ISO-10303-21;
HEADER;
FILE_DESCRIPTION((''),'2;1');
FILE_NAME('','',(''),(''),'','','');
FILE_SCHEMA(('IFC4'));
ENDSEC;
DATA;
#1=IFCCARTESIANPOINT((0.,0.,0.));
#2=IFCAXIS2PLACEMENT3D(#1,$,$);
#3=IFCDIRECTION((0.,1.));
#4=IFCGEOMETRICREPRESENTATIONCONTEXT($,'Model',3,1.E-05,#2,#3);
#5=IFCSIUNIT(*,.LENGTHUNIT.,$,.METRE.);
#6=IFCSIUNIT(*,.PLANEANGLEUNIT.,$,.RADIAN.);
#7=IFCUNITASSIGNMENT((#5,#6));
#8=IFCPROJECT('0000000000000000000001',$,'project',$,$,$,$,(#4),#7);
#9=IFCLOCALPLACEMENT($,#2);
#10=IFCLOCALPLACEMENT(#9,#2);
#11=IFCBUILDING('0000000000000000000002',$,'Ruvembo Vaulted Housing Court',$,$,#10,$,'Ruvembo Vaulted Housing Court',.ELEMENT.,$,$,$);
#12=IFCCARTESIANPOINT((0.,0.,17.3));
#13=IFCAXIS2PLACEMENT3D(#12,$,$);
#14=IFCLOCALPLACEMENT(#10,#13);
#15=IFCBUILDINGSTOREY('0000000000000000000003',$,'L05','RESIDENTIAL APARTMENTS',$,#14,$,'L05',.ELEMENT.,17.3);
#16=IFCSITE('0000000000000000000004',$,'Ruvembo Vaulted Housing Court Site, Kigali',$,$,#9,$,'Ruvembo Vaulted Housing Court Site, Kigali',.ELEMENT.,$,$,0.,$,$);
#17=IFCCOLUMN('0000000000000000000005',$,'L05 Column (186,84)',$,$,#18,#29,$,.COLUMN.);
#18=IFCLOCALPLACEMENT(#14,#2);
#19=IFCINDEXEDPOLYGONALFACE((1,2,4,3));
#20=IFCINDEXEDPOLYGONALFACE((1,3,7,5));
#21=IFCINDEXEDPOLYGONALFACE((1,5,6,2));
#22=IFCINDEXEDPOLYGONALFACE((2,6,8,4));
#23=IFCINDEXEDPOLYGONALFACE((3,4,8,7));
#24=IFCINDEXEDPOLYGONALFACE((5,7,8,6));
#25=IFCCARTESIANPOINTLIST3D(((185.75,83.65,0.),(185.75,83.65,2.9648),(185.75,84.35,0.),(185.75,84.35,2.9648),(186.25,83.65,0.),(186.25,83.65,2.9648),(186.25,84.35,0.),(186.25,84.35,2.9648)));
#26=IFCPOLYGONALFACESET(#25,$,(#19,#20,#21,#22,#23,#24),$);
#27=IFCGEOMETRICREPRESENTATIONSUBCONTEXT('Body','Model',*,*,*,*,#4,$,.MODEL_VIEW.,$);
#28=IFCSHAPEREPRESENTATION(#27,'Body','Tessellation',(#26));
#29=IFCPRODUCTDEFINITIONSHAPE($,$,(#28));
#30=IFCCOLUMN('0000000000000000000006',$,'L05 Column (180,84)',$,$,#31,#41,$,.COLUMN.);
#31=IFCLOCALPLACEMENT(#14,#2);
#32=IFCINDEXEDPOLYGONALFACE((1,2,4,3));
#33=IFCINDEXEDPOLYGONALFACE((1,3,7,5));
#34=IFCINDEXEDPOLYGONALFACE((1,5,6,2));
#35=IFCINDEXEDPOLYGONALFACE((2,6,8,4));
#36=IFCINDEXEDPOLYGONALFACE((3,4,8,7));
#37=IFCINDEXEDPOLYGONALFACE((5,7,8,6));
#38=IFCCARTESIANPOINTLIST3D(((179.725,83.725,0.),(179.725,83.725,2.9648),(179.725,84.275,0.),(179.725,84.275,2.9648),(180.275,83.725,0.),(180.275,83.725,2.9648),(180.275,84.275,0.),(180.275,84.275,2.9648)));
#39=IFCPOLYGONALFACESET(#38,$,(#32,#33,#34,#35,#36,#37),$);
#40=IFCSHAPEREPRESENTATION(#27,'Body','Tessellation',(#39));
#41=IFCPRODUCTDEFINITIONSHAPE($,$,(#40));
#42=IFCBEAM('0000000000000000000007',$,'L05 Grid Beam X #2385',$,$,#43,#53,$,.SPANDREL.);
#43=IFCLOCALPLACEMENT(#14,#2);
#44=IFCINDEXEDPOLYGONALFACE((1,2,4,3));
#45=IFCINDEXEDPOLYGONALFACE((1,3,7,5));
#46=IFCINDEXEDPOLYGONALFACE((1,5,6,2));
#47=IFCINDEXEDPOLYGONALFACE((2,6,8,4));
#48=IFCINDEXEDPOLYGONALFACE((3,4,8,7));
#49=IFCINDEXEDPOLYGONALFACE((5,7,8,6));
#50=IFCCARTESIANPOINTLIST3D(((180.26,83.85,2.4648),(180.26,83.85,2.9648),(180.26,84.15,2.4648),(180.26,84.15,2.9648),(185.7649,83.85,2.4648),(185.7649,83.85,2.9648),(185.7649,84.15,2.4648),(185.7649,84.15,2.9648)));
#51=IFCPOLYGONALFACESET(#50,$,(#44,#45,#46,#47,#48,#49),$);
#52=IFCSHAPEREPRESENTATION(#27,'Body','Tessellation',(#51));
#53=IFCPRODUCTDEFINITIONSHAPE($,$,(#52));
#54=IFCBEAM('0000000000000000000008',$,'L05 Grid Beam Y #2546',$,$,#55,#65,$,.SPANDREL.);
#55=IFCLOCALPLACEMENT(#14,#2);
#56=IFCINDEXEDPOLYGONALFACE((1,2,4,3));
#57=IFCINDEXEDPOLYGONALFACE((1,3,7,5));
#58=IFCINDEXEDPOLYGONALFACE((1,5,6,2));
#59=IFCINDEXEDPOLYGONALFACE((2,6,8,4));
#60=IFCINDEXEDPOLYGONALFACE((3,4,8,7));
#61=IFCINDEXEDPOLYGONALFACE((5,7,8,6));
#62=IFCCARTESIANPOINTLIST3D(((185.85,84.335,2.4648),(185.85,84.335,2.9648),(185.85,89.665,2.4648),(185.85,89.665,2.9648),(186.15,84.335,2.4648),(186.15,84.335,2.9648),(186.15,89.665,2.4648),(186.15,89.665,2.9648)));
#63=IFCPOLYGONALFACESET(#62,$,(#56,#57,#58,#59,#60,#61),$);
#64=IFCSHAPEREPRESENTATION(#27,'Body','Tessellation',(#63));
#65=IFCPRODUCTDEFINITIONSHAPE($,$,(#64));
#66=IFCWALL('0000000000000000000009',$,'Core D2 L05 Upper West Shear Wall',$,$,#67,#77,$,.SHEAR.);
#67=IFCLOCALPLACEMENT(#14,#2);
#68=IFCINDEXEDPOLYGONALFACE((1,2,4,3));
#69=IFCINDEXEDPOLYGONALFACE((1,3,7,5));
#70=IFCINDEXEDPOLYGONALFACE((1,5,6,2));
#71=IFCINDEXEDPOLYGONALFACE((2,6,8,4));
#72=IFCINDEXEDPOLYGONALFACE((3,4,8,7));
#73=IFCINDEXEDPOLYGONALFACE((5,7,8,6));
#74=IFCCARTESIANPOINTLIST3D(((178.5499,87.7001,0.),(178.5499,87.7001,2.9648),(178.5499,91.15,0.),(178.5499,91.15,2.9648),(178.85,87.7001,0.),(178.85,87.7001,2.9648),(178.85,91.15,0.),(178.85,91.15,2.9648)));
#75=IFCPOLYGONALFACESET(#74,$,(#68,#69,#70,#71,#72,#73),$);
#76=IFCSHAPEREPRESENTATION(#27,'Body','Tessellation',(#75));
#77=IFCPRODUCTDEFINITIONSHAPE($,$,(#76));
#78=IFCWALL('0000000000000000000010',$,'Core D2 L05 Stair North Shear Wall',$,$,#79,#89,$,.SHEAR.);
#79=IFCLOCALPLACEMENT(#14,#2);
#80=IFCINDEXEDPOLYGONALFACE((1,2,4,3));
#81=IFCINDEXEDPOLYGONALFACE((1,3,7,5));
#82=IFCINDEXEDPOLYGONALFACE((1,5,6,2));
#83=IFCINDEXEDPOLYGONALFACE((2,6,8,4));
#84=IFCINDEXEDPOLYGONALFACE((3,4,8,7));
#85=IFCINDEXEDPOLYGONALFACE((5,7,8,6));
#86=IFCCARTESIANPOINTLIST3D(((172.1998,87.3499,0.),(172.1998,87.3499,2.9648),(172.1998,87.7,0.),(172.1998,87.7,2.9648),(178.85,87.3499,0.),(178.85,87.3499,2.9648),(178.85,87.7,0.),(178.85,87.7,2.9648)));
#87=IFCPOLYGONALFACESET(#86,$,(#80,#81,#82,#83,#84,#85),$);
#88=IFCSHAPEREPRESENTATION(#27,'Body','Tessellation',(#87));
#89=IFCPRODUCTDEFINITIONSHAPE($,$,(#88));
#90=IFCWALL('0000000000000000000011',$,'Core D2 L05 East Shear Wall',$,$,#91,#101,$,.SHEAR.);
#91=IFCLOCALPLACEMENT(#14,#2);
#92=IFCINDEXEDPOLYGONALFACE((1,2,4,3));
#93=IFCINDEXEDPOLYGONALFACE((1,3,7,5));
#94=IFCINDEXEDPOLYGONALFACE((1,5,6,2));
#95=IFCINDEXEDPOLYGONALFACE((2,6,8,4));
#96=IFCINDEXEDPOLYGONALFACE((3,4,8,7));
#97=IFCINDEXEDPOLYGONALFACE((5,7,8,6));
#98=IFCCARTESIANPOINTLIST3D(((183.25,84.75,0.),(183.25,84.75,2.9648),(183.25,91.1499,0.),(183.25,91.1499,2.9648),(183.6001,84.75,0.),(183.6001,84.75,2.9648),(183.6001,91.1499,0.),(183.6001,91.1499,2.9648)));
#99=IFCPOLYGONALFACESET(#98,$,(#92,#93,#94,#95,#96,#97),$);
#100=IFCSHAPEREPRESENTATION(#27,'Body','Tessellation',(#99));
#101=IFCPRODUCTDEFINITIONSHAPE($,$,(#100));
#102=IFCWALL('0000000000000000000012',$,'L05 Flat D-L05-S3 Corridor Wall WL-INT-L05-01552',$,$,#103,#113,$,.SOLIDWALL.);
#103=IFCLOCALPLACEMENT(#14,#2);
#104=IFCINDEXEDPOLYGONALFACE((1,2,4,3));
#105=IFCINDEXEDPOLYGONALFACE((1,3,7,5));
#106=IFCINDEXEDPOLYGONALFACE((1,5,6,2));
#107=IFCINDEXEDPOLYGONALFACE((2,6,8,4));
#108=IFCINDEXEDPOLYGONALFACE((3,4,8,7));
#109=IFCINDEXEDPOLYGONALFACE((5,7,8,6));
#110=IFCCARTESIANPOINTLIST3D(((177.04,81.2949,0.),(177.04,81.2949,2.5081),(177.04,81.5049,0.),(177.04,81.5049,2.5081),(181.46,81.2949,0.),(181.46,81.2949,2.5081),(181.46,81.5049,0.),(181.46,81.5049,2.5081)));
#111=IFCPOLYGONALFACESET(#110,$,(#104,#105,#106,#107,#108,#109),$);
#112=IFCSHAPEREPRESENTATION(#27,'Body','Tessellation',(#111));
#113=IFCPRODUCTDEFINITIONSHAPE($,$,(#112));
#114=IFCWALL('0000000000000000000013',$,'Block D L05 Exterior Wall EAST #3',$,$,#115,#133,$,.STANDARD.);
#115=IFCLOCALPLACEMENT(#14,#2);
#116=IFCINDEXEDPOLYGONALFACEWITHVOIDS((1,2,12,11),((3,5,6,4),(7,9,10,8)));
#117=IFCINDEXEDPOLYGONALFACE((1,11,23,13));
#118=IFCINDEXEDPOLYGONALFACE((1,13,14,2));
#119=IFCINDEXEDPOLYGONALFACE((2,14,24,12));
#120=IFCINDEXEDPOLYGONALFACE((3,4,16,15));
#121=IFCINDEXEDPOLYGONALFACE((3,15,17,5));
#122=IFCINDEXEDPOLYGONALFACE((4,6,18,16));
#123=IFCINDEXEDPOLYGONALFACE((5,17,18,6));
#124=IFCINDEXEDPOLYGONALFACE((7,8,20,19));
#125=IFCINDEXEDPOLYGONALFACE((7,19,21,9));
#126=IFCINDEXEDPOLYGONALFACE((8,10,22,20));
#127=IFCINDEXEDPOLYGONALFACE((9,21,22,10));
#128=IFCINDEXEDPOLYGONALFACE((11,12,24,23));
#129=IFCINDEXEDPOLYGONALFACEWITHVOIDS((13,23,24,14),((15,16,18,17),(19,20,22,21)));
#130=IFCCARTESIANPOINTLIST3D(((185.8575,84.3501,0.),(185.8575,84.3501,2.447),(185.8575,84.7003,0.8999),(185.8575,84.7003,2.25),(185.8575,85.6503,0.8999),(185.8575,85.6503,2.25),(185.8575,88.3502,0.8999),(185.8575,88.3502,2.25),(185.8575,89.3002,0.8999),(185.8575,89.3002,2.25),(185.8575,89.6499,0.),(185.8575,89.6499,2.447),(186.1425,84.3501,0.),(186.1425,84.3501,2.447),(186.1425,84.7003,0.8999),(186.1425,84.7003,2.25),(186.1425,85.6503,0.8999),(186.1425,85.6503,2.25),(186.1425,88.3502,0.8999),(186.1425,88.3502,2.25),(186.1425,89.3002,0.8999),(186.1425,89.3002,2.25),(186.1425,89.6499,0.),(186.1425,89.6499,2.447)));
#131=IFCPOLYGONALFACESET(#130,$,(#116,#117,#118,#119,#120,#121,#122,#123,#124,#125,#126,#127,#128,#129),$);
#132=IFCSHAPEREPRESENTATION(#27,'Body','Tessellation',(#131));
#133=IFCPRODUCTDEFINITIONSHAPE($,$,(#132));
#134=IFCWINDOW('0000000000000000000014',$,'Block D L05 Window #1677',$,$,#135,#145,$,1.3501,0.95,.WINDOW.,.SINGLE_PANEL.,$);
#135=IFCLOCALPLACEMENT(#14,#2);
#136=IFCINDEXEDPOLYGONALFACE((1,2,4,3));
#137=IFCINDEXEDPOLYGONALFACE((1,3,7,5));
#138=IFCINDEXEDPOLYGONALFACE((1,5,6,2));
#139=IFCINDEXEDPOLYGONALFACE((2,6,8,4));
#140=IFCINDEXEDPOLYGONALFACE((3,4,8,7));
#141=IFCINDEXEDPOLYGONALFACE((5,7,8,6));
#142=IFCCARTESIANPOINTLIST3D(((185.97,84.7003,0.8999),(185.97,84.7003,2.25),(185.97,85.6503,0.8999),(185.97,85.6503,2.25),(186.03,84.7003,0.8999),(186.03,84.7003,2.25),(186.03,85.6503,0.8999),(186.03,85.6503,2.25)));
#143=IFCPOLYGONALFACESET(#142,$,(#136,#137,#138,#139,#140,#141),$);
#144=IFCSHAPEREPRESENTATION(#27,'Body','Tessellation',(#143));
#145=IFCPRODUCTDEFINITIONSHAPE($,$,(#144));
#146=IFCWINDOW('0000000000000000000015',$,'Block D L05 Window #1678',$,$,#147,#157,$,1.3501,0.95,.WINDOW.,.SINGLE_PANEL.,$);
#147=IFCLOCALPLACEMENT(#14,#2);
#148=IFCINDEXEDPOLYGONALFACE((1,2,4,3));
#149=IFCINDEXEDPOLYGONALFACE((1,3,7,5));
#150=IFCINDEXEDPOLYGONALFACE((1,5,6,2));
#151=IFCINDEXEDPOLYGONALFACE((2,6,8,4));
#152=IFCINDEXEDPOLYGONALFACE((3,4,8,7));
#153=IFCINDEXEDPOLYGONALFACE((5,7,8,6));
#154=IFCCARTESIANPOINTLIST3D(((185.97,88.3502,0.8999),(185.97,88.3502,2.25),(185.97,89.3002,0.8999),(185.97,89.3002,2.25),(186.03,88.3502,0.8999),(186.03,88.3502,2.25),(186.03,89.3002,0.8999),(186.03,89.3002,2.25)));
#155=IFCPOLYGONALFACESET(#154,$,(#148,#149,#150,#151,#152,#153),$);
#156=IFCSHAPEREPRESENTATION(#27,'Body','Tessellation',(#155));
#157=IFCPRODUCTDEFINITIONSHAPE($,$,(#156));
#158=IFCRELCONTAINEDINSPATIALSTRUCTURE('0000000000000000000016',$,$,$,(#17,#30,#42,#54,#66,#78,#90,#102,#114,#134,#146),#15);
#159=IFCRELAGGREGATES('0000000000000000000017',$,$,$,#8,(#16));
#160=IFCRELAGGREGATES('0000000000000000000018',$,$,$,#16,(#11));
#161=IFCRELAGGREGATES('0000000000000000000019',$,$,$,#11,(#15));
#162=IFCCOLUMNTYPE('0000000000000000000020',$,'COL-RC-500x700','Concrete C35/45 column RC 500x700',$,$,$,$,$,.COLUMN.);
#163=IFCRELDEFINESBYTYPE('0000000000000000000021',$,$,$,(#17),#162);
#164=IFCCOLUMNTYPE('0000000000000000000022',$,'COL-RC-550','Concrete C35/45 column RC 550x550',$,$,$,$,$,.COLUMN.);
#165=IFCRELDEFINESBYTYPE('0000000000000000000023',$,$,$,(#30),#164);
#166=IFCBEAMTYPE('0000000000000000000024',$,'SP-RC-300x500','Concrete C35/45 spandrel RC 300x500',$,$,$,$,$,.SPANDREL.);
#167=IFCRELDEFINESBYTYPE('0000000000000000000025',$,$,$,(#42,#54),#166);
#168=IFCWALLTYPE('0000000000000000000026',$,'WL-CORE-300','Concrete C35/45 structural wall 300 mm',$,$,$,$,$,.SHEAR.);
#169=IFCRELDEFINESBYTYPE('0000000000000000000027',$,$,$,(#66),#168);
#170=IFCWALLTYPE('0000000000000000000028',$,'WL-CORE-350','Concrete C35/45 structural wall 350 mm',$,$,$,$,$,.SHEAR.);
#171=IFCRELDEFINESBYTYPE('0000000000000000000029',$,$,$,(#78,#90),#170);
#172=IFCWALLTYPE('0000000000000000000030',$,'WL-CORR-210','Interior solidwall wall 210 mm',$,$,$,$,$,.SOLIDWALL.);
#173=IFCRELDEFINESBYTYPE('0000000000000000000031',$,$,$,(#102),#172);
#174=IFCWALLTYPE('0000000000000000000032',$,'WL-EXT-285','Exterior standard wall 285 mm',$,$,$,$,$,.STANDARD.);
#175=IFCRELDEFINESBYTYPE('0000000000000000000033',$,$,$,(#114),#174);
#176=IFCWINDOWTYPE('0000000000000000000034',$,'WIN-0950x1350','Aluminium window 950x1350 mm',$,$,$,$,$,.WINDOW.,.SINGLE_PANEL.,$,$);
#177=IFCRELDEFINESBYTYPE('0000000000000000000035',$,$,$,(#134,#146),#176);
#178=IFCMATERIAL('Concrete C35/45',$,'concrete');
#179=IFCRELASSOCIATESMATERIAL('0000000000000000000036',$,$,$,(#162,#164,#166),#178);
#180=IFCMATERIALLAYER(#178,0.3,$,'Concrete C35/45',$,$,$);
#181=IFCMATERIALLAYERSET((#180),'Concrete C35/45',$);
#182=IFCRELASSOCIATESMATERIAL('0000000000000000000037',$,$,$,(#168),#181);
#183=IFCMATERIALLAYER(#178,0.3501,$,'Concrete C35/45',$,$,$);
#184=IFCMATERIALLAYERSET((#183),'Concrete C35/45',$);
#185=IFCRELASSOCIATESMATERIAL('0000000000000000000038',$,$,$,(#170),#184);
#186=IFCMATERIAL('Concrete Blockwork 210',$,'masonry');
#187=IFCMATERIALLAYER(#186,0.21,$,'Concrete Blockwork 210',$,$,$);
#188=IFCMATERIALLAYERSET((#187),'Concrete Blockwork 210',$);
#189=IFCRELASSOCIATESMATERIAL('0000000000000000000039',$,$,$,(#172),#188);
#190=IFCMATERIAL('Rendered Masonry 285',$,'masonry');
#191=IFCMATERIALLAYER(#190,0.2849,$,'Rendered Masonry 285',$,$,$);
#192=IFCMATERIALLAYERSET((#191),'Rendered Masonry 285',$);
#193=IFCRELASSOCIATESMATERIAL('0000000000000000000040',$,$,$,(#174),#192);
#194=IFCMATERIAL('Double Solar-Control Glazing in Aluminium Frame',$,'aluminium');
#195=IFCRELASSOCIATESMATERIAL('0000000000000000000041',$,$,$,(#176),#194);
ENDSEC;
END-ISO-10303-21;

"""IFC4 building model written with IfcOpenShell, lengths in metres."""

from ifc_helpers import new_model, si_unit, direction, frame, frame_2d, origin, origin_2d, place, context, subcontext, project, spatial, rectangle, extrude, material, layer, layer_set, material_profile, profile_set, type_object, element, fill, save


model = new_model("IFC4")

# Units and contexts
model_context = context("Model", 3, precision=1e-05, world=origin(), true_north=direction((0.0, 1.0)))
body_context = subcontext(model_context, "Body", "Model", "MODEL_VIEW")
ifc_project = project(units=[si_unit("LENGTHUNIT", "METRE"), si_unit("PLANEANGLEUNIT", "RADIAN")], contexts=[model_context])

# Site, building, storey
site_placement = place(None, origin())
site = spatial("IfcSite", under=ifc_project, at=site_placement, Name="Ruvembo Vaulted Housing Court Site, Kigali", LongName="Ruvembo Vaulted Housing Court Site, Kigali", CompositionType="ELEMENT", RefElevation=0.0)
building_placement = place(site_placement, origin())
building = spatial("IfcBuilding", under=site, at=building_placement, Name="Ruvembo Vaulted Housing Court", LongName="Ruvembo Vaulted Housing Court", CompositionType="ELEMENT")
storey_placement = place(building_placement, frame((0.0, 0.0, 17.3)))
storey = spatial("IfcBuildingStorey", under=building, at=storey_placement, Name="L05", Description="RESIDENTIAL APARTMENTS", LongName="L05", CompositionType="ELEMENT", Elevation=17.3)

# Columns
ifc_material_1 = material(Name="Concrete C35/45", Category="concrete")
ifc_material_profile_1 = material_profile(ifc_material_1, rectangle(XDim=0.5, YDim=0.7, at=origin_2d()), Name="RC 500x700")
ifc_profile_set_1 = profile_set([ifc_material_profile_1], Name="Concrete C35/45")
column_type_1 = type_object("IfcColumnType", Name="COL-RC-500x700", Description="Concrete C35/45 column RC 500x700", PredefinedType="COLUMN", material=ifc_profile_set_1)
column_1_placement = place(storey_placement, frame((186.0, 84.0, 0.0), z_axis=(0.0, 0.0, 1.0), x_axis=(1.0, 0.0, 0.0)))
element("IfcColumn", 1, at=column_1_placement, inside=storey, type_object=column_type_1, Name="L05 Column (186,84)", PredefinedType="COLUMN", context=body_context, shape_type="SweptSolid", body=[
    extrude(rectangle(XDim=0.5, YDim=0.7, at=origin_2d()), origin(), (0.0, 0.0, 1.0), 2.9648),
])
ifc_material_profile_2 = material_profile(ifc_material_1, rectangle(XDim=0.55, YDim=0.55, at=origin_2d()), Name="RC 550x550")
ifc_profile_set_2 = profile_set([ifc_material_profile_2], Name="Concrete C35/45")
column_type_2 = type_object("IfcColumnType", Name="COL-RC-550", Description="Concrete C35/45 column RC 550x550", PredefinedType="COLUMN", material=ifc_profile_set_2)
column_2_placement = place(storey_placement, frame((180.0, 84.0, 0.0), z_axis=(0.0, 0.0, 1.0), x_axis=(1.0, 0.0, 0.0)))
element("IfcColumn", 2, at=column_2_placement, inside=storey, type_object=column_type_2, Name="L05 Column (180,84)", PredefinedType="COLUMN", context=body_context, shape_type="SweptSolid", body=[
    extrude(rectangle(XDim=0.55, YDim=0.55, at=origin_2d()), origin(), (0.0, 0.0, 1.0), 2.9648),
])

# Beams
ifc_material_profile_3 = material_profile(ifc_material_1, rectangle(XDim=0.3, YDim=0.5, at=origin_2d()), Name="RC 300x500")
ifc_profile_set_3 = profile_set([ifc_material_profile_3], Name="Concrete C35/45")
beam_type = type_object("IfcBeamType", Name="SP-RC-300x500", Description="Concrete C35/45 spandrel RC 300x500", PredefinedType="SPANDREL", material=ifc_profile_set_3)
beam_1_placement = place(storey_placement, frame((180.26, 84.0, 2.7148), z_axis=(1.0, 0.0, 0.0), x_axis=(0.0, 1.0, 0.0)))
element("IfcBeam", 3, at=beam_1_placement, inside=storey, type_object=beam_type, Name="L05 Grid Beam X #2385", PredefinedType="SPANDREL", context=body_context, shape_type="SweptSolid", body=[
    extrude(rectangle(XDim=0.3, YDim=0.5, at=origin_2d()), origin(), (0.0, 0.0, 1.0), 5.5049),
])
beam_2_placement = place(storey_placement, frame((186.0, 84.335, 2.7148), z_axis=(0.0, 1.0, 0.0), x_axis=(-1.0, 0.0, 0.0)))
element("IfcBeam", 4, at=beam_2_placement, inside=storey, type_object=beam_type, Name="L05 Grid Beam Y #2546", PredefinedType="SPANDREL", context=body_context, shape_type="SweptSolid", body=[
    extrude(rectangle(XDim=0.3, YDim=0.5, at=origin_2d()), origin(), (0.0, 0.0, 1.0), 5.3301),
])

# Shared definitions
ifc_layer_1 = layer(ifc_material_1, 0.3, Name="Concrete C35/45")
ifc_layer_set_1 = layer_set([ifc_layer_1], Name="Concrete C35/45")
wall_type_1 = type_object("IfcWallType", Name="WL-CORE-300", Description="Concrete C35/45 structural wall 300 mm", PredefinedType="SHEAR", material=ifc_layer_set_1)

# Walls
wall_1_placement = place(storey_placement, frame((178.7, 87.7, 0.0), z_axis=(0.0, 0.0, 1.0), x_axis=(0.0, 1.0, 0.0)))
element("IfcWall", 5, at=wall_1_placement, inside=storey, type_object=wall_type_1, Name="Core D2 L05 Upper West Shear Wall", PredefinedType="SHEAR", context=body_context, shape_type="SweptSolid", body=[
    extrude(rectangle(XDim=3.45, YDim=0.3, at=frame_2d((1.7251, 0.0))), origin(), (0.0, 0.0, 1.0), 2.9648),
])
ifc_layer_2 = layer(ifc_material_1, 0.3501, Name="Concrete C35/45")
ifc_layer_set_2 = layer_set([ifc_layer_2], Name="Concrete C35/45")
wall_type_2 = type_object("IfcWallType", Name="WL-CORE-350", Description="Concrete C35/45 structural wall 350 mm", PredefinedType="SHEAR", material=ifc_layer_set_2)
wall_2_placement = place(storey_placement, frame((178.8501, 87.5249, 0.0), z_axis=(0.0, 0.0, 1.0), x_axis=(-1.0, 0.0, 0.0)))
element("IfcWall", 6, at=wall_2_placement, inside=storey, type_object=wall_type_2, Name="Core D2 L05 Stair North Shear Wall", PredefinedType="SHEAR", context=body_context, shape_type="SweptSolid", body=[
    extrude(rectangle(XDim=6.6501, YDim=0.3501, at=frame_2d((3.3252, 0.0))), origin(), (0.0, 0.0, 1.0), 2.9648),
])
wall_3_placement = place(storey_placement, frame((183.425, 84.75, 0.0), z_axis=(0.0, 0.0, 1.0), x_axis=(0.0, 1.0, 0.0)))
element("IfcWall", 7, at=wall_3_placement, inside=storey, type_object=wall_type_2, Name="Core D2 L05 East Shear Wall", PredefinedType="SHEAR", context=body_context, shape_type="SweptSolid", body=[
    extrude(rectangle(XDim=6.3999, YDim=0.3501, at=frame_2d((3.2, 0.0))), origin(), (0.0, 0.0, 1.0), 2.9648),
])
ifc_material_2 = material(Name="Concrete Blockwork 210", Category="masonry")
ifc_layer_3 = layer(ifc_material_2, 0.21, Name="Concrete Blockwork 210")
ifc_layer_set_3 = layer_set([ifc_layer_3], Name="Concrete Blockwork 210")
wall_type_3 = type_object("IfcWallType", Name="WL-CORR-210", Description="Interior solidwall wall 210 mm", PredefinedType="SOLIDWALL", material=ifc_layer_set_3)
wall_4_placement = place(storey_placement, frame((177.04, 81.3999, 0.0), z_axis=(0.0, 0.0, 1.0), x_axis=(1.0, 0.0, 0.0)))
element("IfcWall", 8, at=wall_4_placement, inside=storey, type_object=wall_type_3, Name="L05 Flat D-L05-S3 Corridor Wall WL-INT-L05-01552", PredefinedType="SOLIDWALL", context=body_context, shape_type="SweptSolid", body=[
    extrude(rectangle(XDim=4.4199, YDim=0.21, at=frame_2d((2.21, 0.0))), origin(), (0.0, 0.0, 1.0), 2.5081),
])

# Wall, openings, windows
ifc_material_3 = material(Name="Rendered Masonry 285", Category="masonry")
ifc_layer_4 = layer(ifc_material_3, 0.2849, Name="Rendered Masonry 285")
ifc_layer_set_4 = layer_set([ifc_layer_4], Name="Rendered Masonry 285")
wall_type_4 = type_object("IfcWallType", Name="WL-EXT-285", Description="Exterior standard wall 285 mm", PredefinedType="STANDARD", material=ifc_layer_set_4)
wall_5_placement = place(storey_placement, frame((186.0, 84.3501, 0.0), z_axis=(0.0, 0.0, 1.0), x_axis=(0.0, 1.0, 0.0)))
wall_5 = element("IfcWall", 9, at=wall_5_placement, inside=storey, type_object=wall_type_4, Name="Block D L05 Exterior Wall EAST #3", PredefinedType="STANDARD", context=body_context, shape_type="SweptSolid", body=[
    extrude(rectangle(XDim=5.2998, YDim=0.2849, at=frame_2d((2.6499, 0.0))), origin(), (0.0, 0.0, 1.0), 2.447),
])
opening_1_placement = place(wall_5_placement, frame((0.3501, 0.0, 0.8999)))
opening_1 = element("IfcOpeningElement", 10, at=opening_1_placement, cuts=wall_5, PredefinedType="OPENING", context=body_context, shape_type="SweptSolid", body=[
    extrude(rectangle(XDim=0.95, YDim=1.3501, at=frame_2d((0.4751, 0.675))), frame((0.0, 0.1523, 0.0), z_axis=(0.0, -1.0, 0.0), x_axis=(1.0, 0.0, 0.0)), (0.0, 0.0, 1.0), 0.3049),
])
opening_2_placement = place(wall_5_placement, frame((4.0, 0.0, 0.8999)))
opening_2 = element("IfcOpeningElement", 11, at=opening_2_placement, cuts=wall_5, PredefinedType="OPENING", context=body_context, shape_type="SweptSolid", body=[
    extrude(rectangle(XDim=0.95, YDim=1.3501, at=frame_2d((0.4751, 0.675))), frame((0.0, 0.1523, 0.0), z_axis=(0.0, -1.0, 0.0), x_axis=(1.0, 0.0, 0.0)), (0.0, 0.0, 1.0), 0.3049),
])
ifc_material_4 = material(Name="Double Solar-Control Glazing in Aluminium Frame", Category="aluminium")
window_type = type_object("IfcWindowType", Name="WIN-0950x1350", Description="Aluminium window 950x1350 mm", PartitioningType="SINGLE_PANEL", PredefinedType="WINDOW", material=ifc_material_4)
window_1_placement = place(opening_1_placement, origin())
window_1 = element("IfcWindow", 12, at=window_1_placement, inside=storey, type_object=window_type, Name="Block D L05 Window #1677", OverallHeight=1.3501, OverallWidth=0.95, PartitioningType="SINGLE_PANEL", PredefinedType="WINDOW", context=body_context, shape_type="SweptSolid", body=[
    extrude(rectangle(XDim=0.95, YDim=1.3501, at=frame_2d((0.4751, 0.675))), frame((0.0, 0.03, 0.0), z_axis=(0.0, -1.0, 0.0), x_axis=(1.0, 0.0, 0.0)), (0.0, 0.0, 1.0), 0.0601),
])
fill(opening_1, window_1)
window_2_placement = place(opening_2_placement, origin())
window_2 = element("IfcWindow", 13, at=window_2_placement, inside=storey, type_object=window_type, Name="Block D L05 Window #1678", OverallHeight=1.3501, OverallWidth=0.95, PartitioningType="SINGLE_PANEL", PredefinedType="WINDOW", context=body_context, shape_type="SweptSolid", body=[
    extrude(rectangle(XDim=0.95, YDim=1.3501, at=frame_2d((0.4751, 0.675))), frame((0.0, 0.03, 0.0), z_axis=(0.0, -1.0, 0.0), x_axis=(1.0, 0.0, 0.0)), (0.0, 0.0, 1.0), 0.0601),
])
fill(opening_2, window_2)

save(model, "model.ifc")
